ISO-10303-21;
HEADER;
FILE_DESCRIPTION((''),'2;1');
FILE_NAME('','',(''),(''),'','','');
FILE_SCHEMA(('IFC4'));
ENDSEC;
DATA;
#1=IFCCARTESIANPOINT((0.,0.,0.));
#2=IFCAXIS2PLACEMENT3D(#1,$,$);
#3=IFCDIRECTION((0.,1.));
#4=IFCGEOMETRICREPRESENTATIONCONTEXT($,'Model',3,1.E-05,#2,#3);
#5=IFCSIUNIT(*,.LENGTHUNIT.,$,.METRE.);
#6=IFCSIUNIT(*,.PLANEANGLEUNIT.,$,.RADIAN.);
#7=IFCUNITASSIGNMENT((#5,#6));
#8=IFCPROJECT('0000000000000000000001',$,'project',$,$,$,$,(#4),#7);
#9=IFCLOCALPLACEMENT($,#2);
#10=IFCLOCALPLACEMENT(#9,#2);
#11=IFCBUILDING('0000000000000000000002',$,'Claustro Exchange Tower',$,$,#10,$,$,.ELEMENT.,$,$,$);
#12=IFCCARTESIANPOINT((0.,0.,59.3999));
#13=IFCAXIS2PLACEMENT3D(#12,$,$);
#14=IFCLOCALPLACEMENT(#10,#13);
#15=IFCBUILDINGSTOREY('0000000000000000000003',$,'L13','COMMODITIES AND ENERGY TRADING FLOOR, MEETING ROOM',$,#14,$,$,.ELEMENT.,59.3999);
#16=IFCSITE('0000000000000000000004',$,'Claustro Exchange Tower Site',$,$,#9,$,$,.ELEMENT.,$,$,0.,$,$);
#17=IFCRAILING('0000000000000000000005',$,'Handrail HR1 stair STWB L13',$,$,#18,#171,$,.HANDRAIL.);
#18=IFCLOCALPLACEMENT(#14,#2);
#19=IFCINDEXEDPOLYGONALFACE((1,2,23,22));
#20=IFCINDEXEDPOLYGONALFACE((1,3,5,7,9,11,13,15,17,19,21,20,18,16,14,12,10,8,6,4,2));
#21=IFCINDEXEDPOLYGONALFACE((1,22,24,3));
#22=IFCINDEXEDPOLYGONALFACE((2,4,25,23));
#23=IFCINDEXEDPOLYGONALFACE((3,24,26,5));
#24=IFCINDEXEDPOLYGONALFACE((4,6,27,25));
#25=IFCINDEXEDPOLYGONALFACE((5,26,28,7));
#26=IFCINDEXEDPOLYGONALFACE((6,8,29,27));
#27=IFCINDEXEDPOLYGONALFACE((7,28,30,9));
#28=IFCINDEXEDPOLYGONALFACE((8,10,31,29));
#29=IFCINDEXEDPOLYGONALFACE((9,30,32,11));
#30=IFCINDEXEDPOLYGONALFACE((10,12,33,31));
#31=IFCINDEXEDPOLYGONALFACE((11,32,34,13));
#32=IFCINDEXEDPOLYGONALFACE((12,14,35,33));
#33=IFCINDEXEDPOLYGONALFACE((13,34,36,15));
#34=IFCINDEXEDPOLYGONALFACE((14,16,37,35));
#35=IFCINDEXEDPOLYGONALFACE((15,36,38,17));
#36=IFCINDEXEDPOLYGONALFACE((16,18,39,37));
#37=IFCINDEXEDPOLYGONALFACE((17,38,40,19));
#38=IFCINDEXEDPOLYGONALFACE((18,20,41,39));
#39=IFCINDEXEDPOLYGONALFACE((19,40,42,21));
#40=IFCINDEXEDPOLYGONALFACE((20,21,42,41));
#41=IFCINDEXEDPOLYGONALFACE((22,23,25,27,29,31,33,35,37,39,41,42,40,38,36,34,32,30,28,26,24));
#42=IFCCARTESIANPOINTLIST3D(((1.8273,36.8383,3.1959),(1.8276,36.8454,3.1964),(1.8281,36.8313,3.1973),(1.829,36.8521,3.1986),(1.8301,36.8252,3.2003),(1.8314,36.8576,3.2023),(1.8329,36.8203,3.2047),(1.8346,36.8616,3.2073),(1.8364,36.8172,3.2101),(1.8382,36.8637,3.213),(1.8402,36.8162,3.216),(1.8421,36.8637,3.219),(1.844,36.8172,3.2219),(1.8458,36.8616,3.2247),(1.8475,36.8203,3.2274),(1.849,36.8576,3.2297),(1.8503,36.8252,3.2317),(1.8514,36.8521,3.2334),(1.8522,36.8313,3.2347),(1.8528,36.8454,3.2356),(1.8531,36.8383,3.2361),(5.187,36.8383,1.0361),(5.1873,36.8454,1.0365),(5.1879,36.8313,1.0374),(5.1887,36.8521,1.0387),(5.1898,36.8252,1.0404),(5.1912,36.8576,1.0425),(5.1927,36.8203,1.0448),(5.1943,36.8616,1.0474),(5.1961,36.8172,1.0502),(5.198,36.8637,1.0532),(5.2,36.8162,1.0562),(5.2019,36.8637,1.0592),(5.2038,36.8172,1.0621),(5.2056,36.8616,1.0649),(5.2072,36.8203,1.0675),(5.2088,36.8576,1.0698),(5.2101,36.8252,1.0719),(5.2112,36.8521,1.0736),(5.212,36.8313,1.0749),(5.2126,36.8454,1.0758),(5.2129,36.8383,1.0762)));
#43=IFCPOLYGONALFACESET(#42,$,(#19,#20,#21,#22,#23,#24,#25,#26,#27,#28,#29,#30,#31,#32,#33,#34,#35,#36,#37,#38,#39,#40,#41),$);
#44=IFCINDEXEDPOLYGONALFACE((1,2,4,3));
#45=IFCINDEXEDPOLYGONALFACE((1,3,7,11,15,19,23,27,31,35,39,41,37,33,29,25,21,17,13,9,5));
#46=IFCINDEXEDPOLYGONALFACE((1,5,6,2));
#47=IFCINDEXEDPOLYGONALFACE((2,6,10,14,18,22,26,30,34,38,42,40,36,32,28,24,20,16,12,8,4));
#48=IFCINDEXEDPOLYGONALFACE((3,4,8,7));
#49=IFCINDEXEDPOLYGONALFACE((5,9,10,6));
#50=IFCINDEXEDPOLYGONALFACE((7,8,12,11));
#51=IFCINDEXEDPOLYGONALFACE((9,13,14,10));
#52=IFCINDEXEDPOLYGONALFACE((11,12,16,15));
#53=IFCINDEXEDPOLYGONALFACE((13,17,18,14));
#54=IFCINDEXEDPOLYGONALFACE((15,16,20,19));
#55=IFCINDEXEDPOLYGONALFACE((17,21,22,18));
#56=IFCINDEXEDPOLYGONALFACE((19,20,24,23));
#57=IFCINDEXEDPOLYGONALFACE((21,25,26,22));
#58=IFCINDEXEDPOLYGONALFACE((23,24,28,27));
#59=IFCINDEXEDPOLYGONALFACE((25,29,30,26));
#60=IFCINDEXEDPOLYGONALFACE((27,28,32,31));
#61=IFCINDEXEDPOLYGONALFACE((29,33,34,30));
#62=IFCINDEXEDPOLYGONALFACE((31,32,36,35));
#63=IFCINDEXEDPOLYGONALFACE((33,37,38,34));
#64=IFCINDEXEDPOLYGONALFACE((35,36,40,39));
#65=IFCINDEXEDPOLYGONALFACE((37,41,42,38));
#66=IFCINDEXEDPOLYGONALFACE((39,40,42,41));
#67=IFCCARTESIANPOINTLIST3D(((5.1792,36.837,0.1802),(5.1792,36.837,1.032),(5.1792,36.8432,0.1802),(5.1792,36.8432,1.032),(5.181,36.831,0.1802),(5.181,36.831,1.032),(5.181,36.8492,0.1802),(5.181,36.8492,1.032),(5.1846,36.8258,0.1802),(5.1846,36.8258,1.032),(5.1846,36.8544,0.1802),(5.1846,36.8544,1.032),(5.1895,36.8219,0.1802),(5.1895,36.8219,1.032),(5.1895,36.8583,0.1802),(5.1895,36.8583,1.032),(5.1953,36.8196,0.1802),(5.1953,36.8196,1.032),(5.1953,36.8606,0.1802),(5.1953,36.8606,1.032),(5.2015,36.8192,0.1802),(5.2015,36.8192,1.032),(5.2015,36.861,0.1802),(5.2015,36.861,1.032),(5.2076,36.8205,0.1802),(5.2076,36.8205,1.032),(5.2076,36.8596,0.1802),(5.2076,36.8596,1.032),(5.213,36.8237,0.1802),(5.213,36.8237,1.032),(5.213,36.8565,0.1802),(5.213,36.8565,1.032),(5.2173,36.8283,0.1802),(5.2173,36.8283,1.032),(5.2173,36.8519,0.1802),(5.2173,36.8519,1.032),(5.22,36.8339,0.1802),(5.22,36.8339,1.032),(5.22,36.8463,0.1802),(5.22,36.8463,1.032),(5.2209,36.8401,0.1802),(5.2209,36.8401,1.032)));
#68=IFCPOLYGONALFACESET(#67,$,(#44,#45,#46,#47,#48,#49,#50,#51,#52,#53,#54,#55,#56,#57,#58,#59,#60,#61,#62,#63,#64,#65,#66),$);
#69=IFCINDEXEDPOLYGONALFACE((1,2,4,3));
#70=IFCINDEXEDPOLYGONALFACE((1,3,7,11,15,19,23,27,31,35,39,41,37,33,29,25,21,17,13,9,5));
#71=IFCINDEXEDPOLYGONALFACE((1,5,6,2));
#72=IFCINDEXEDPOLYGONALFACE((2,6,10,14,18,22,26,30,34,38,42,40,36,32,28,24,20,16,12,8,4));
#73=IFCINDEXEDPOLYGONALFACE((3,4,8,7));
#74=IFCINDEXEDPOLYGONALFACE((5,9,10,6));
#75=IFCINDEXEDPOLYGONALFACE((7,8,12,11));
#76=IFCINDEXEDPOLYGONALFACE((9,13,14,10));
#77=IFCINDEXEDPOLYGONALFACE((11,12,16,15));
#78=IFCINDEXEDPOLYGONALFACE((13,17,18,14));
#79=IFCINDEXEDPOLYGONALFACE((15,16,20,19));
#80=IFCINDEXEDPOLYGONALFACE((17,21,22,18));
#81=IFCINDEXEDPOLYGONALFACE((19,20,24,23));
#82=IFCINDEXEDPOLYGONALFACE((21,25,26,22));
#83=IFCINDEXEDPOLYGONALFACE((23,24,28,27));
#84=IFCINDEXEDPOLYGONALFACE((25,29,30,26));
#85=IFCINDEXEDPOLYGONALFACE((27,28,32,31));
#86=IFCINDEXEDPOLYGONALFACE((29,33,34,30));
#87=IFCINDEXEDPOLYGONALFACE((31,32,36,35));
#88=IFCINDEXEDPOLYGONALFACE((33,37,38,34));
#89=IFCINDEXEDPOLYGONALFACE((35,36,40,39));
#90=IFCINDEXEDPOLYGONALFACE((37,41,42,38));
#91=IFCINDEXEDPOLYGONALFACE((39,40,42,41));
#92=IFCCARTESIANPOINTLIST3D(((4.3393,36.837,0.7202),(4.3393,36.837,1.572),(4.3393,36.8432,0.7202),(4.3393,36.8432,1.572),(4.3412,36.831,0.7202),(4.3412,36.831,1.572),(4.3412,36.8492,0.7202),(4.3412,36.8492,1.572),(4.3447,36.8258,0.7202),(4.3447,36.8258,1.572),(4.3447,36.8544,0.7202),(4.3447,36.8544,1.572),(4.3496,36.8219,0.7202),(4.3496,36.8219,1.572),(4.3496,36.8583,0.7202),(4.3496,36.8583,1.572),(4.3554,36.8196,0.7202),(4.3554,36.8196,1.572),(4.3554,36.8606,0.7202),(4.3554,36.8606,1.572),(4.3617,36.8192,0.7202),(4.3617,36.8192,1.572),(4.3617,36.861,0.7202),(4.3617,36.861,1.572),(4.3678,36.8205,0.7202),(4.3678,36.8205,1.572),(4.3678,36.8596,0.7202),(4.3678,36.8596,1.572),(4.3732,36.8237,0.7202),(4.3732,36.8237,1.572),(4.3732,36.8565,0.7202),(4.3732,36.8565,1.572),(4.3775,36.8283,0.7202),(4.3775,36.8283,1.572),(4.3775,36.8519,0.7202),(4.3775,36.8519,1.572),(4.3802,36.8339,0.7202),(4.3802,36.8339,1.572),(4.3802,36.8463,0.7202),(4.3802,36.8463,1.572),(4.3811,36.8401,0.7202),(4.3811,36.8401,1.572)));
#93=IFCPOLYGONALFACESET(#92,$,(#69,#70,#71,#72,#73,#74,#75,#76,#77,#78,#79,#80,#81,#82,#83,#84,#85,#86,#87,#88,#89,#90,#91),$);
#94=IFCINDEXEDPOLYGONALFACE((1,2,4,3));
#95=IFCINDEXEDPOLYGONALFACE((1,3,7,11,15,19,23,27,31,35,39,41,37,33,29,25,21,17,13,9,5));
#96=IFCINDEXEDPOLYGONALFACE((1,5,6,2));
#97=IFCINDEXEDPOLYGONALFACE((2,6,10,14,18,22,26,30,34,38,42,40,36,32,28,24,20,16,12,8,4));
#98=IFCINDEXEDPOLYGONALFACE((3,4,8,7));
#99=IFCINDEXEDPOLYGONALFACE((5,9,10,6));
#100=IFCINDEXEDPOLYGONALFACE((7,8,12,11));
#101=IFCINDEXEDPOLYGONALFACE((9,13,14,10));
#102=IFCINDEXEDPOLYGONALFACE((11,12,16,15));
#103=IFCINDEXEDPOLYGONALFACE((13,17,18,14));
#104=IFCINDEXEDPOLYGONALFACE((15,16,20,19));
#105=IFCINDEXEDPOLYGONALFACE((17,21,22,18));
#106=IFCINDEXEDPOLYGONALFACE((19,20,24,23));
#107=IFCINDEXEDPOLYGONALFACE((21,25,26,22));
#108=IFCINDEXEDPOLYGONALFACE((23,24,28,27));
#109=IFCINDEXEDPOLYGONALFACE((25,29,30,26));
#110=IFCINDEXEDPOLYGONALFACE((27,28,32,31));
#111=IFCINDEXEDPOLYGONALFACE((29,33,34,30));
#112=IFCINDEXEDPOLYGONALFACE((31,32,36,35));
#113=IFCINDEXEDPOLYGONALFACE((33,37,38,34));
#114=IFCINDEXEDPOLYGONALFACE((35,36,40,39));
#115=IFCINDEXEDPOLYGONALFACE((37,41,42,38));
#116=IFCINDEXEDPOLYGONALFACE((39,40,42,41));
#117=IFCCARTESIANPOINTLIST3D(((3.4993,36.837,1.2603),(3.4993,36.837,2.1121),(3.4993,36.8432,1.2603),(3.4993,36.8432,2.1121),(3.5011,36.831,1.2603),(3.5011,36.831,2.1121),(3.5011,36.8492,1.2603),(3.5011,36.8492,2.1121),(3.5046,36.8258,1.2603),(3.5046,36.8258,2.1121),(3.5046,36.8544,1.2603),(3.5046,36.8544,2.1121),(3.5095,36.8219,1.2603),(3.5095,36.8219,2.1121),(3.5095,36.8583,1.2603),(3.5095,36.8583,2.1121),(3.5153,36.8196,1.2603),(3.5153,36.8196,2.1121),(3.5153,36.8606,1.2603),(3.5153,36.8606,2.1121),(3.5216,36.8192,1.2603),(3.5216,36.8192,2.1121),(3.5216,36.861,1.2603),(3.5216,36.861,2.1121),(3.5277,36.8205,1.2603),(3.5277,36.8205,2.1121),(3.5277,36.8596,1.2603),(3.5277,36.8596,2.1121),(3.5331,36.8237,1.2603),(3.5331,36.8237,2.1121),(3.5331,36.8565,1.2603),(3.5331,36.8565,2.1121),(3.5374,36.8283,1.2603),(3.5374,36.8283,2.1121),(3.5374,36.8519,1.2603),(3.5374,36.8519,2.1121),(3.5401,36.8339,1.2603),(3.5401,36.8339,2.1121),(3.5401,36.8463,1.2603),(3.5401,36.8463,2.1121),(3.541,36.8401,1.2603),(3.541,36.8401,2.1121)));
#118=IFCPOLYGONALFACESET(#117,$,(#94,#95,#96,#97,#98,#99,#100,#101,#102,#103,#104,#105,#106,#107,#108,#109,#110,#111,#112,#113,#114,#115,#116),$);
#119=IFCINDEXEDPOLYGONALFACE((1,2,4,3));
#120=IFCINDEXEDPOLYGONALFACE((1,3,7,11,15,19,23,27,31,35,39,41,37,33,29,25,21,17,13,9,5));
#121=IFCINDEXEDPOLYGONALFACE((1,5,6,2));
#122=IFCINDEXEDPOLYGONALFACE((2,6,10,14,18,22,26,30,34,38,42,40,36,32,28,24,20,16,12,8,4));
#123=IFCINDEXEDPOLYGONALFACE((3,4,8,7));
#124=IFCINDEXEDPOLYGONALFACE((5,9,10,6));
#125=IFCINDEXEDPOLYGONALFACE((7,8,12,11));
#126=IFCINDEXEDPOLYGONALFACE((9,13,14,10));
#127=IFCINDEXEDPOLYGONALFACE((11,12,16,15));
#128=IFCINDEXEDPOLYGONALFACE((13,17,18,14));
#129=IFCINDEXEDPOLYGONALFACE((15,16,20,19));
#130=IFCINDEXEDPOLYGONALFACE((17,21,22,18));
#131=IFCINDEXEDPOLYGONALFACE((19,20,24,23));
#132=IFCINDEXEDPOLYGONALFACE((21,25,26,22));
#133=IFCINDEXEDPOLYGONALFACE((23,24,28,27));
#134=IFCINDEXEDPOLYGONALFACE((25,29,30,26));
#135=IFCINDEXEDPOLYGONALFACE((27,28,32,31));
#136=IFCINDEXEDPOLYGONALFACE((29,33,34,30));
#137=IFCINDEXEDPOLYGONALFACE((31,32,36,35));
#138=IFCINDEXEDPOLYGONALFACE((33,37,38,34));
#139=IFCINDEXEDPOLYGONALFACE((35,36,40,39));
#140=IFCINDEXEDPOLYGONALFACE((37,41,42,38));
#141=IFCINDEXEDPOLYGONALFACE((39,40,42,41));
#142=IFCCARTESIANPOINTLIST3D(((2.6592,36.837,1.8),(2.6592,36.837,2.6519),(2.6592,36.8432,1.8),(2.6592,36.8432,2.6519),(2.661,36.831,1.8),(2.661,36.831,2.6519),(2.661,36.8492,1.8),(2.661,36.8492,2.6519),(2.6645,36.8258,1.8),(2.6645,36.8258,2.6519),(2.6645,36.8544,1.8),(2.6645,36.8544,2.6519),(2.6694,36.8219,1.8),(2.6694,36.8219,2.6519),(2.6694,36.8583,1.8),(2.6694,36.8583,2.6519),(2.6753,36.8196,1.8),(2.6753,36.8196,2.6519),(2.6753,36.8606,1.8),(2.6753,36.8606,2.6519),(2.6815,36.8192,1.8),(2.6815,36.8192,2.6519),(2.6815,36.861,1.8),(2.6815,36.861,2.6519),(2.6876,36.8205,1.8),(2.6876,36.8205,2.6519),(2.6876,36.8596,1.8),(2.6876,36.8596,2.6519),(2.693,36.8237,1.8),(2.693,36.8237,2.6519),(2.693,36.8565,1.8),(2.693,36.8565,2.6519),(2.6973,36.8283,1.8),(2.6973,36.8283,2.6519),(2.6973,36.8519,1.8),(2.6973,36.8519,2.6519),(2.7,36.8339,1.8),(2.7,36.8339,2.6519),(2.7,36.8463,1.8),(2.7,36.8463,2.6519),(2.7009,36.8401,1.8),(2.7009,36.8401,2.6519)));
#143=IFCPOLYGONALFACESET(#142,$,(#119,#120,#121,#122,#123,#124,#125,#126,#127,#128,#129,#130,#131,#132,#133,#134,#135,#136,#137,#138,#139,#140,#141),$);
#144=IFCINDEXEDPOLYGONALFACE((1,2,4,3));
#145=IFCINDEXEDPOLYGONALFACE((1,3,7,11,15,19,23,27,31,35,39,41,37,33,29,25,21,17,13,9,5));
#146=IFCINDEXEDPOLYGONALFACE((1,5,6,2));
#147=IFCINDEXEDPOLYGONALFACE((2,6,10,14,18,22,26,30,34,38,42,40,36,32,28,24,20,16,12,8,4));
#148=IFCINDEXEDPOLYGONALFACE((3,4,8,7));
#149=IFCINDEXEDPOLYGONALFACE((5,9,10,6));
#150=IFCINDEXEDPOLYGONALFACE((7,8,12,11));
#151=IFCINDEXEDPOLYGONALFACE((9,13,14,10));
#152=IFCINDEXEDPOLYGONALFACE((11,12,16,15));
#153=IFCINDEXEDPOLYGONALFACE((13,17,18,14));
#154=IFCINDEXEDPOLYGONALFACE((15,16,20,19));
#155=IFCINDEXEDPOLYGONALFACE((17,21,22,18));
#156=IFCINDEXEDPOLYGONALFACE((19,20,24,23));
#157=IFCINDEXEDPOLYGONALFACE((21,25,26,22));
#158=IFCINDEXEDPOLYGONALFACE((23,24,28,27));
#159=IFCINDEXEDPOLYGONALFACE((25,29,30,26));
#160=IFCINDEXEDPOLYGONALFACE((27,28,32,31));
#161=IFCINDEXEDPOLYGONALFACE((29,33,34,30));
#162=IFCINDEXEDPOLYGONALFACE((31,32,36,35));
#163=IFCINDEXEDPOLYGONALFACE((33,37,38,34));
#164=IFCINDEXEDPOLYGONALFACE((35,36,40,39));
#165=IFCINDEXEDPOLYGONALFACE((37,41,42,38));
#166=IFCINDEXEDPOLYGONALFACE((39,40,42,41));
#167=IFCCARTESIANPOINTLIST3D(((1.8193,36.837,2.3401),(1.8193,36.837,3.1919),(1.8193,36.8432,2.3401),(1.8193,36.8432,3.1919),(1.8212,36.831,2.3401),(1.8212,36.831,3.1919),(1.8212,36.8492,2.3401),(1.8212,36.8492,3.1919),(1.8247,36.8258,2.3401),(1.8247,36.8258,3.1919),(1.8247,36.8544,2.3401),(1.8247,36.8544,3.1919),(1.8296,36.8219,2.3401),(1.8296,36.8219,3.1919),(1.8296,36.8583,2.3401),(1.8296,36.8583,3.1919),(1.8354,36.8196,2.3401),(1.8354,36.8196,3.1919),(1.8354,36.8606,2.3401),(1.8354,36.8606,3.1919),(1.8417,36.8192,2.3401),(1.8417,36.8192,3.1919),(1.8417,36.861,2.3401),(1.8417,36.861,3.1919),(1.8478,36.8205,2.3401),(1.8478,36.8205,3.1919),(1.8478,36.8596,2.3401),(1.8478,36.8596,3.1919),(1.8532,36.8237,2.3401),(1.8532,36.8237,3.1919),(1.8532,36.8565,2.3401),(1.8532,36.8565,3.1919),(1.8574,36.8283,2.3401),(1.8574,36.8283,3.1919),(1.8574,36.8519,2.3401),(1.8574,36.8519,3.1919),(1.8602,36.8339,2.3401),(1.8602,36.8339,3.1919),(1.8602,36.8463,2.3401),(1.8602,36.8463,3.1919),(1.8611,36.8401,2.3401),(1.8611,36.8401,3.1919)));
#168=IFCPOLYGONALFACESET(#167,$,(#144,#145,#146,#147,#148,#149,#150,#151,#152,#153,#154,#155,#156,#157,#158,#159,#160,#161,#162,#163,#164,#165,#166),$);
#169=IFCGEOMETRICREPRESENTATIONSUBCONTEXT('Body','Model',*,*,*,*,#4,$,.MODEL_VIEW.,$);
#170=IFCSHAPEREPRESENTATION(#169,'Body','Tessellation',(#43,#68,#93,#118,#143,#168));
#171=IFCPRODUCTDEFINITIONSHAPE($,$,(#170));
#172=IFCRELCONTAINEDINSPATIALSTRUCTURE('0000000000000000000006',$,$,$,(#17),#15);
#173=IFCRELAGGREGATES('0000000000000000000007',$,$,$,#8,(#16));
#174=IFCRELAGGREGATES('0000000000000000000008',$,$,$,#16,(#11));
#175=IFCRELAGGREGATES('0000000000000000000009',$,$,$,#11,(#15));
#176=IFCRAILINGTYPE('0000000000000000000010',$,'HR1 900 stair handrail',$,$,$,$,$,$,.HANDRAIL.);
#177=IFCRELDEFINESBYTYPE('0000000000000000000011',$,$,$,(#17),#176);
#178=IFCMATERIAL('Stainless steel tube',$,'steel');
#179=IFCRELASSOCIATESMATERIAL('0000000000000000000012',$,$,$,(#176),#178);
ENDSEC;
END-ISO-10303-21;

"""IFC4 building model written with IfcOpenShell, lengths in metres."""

from ifc_helpers import new_model, si_unit, direction, frame, origin, origin_2d, place, context, subcontext, project, spatial, circle, extrude, material, type_object, element, save


model = new_model("IFC4")

# Units and contexts
model_context = context("Model", 3, precision=1e-05, world=origin(), true_north=direction((0.0, 1.0)))
body_context = subcontext(model_context, "Body", "Model", "MODEL_VIEW")
ifc_project = project(units=[si_unit("LENGTHUNIT", "METRE"), si_unit("PLANEANGLEUNIT", "RADIAN")], contexts=[model_context])

# Site, building, storey
site_placement = place(None, origin())
site = spatial("IfcSite", under=ifc_project, at=site_placement, Name="Claustro Exchange Tower Site", CompositionType="ELEMENT", RefElevation=0.0)
building_placement = place(site_placement, origin())
building = spatial("IfcBuilding", under=site, at=building_placement, Name="Claustro Exchange Tower", CompositionType="ELEMENT")
storey_placement = place(building_placement, frame((0.0, 0.0, 59.3999)))
storey = spatial("IfcBuildingStorey", under=building, at=storey_placement, Name="L13", Description="COMMODITIES AND ENERGY TRADING FLOOR, MEETING ROOM", CompositionType="ELEMENT", Elevation=59.3999)

# Railing
ifc_material_1 = material(Name="Stainless steel tube", Category="steel")
railing_type_1 = type_object("IfcRailingType", Name="HR1 900 stair handrail", PredefinedType="HANDRAIL", material=ifc_material_1)
railing_1_placement = place(storey_placement, frame((5.2, 36.8401, 0.1802)))
element("IfcRailing", 1, at=railing_1_placement, inside=storey, type_object=railing_type_1, Name="Handrail HR1 stair STWB L13", PredefinedType="HANDRAIL", context=body_context, shape_type="SweptSolid", body=[
    extrude(circle(Radius=0.0239, at=origin_2d()), frame((0.0, 0.0, 0.876), z_axis=(-0.841178, 0.0, 0.540758), x_axis=(0.0, -1.0, 0.0)), (0.0, 0.0, 1.0), 3.9941),
    extrude(circle(Radius=0.021, at=origin_2d()), origin(), (0.0, 0.0, 1.0), 0.8518),
    extrude(circle(Radius=0.021, at=origin_2d()), frame((-0.8398, 0.0, 0.54)), (0.0, 0.0, 1.0), 0.8518),
    extrude(circle(Radius=0.021, at=origin_2d()), frame((-1.6799, 0.0, 1.0801)), (0.0, 0.0, 1.0), 0.8518),
    extrude(circle(Radius=0.021, at=origin_2d()), frame((-2.52, 0.0, 1.6199)), (0.0, 0.0, 1.0), 0.8518),
    extrude(circle(Radius=0.021, at=origin_2d()), frame((-3.3599, 0.0, 2.1599)), (0.0, 0.0, 1.0), 0.8518),
])

save(model, "model.ifc")
